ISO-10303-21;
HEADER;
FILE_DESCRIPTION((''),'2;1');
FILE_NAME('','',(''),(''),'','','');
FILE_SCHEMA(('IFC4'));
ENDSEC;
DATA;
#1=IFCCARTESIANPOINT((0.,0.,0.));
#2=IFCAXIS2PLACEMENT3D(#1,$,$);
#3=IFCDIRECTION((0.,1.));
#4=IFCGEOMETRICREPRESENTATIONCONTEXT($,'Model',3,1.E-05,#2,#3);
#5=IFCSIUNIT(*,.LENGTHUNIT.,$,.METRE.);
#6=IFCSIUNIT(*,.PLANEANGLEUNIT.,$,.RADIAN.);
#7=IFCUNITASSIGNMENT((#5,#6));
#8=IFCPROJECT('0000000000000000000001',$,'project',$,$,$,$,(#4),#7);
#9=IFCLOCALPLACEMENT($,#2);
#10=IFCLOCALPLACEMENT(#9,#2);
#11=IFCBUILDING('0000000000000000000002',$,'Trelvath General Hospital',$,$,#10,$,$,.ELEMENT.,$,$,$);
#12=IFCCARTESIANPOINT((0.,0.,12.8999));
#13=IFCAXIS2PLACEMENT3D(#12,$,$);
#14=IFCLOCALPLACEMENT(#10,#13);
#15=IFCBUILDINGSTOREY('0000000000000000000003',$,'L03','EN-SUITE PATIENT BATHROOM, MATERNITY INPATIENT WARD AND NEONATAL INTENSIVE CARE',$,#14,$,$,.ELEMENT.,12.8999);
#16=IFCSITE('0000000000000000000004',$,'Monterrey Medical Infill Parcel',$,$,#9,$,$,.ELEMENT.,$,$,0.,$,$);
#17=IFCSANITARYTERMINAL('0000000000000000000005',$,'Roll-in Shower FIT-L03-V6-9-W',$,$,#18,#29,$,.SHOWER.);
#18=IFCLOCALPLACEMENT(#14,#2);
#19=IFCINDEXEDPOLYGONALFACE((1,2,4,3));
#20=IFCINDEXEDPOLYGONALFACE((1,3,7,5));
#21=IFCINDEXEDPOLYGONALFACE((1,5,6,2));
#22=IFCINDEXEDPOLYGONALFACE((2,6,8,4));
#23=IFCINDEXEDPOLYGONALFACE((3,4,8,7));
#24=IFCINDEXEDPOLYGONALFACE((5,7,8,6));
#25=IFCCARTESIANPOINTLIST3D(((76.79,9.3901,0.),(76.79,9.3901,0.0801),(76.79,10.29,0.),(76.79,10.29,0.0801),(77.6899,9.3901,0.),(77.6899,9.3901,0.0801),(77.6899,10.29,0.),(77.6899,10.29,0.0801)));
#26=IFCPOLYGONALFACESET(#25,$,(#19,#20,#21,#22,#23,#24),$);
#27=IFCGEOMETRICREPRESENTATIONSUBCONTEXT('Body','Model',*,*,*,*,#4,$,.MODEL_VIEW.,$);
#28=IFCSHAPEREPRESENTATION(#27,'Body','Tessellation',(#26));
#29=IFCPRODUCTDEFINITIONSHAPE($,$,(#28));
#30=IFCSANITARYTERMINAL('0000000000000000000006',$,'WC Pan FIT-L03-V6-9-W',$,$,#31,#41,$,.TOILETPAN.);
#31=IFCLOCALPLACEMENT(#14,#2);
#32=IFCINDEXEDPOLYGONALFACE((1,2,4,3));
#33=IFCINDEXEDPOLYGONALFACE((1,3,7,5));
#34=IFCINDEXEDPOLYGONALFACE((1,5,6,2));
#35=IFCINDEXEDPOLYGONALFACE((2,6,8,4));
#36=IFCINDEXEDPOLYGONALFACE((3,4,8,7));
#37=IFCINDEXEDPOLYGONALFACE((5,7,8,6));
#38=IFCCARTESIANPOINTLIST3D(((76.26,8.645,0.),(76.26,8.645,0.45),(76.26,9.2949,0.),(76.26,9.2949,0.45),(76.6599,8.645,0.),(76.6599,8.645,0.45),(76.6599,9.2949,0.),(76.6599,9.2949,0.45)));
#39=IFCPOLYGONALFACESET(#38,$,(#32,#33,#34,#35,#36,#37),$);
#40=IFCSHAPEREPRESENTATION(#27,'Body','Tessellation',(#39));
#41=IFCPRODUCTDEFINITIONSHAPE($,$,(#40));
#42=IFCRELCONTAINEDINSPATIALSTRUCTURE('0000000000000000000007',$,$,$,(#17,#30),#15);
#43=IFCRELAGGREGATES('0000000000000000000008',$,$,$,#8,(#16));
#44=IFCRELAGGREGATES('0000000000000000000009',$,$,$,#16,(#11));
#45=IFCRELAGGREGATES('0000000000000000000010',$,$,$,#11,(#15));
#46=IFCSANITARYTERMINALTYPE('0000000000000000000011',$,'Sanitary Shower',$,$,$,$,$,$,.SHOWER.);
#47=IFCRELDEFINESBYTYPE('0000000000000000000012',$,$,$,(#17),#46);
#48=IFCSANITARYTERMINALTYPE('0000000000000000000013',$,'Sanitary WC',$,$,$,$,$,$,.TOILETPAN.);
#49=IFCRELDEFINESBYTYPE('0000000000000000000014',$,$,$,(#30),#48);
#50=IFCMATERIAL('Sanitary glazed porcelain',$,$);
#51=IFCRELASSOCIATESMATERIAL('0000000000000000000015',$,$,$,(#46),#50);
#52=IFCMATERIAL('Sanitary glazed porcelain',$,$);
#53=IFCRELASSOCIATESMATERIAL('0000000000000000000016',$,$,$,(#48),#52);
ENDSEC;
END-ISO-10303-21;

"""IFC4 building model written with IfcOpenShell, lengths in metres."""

from ifc_helpers import new_model, si_unit, direction, frame, origin, origin_2d, place, context, subcontext, project, spatial, rectangle, extrude, material, type_object, element, save


model = new_model("IFC4")

# Units and contexts
model_context = context("Model", 3, precision=1e-05, world=origin(), true_north=direction((0.0, 1.0)))
body_context = subcontext(model_context, "Body", "Model", "MODEL_VIEW")
ifc_project = project(units=[si_unit("LENGTHUNIT", "METRE"), si_unit("PLANEANGLEUNIT", "RADIAN")], contexts=[model_context])

# Site, building, storey
site_placement = place(None, origin())
site = spatial("IfcSite", under=ifc_project, at=site_placement, Name="Monterrey Medical Infill Parcel", CompositionType="ELEMENT", RefElevation=0.0)
building_placement = place(site_placement, origin())
building = spatial("IfcBuilding", under=site, at=building_placement, Name="Trelvath General Hospital", CompositionType="ELEMENT")
storey_placement = place(building_placement, frame((0.0, 0.0, 12.8999)))
storey = spatial("IfcBuildingStorey", under=building, at=storey_placement, Name="L03", Description="EN-SUITE PATIENT BATHROOM, MATERNITY INPATIENT WARD AND NEONATAL INTENSIVE CARE", CompositionType="ELEMENT", Elevation=12.8999)

# Sanitary terminals
ifc_material_1 = material(Name="Sanitary glazed porcelain")
sanitary_terminal_type_1 = type_object("IfcSanitaryTerminalType", Name="Sanitary Shower", PredefinedType="SHOWER", material=ifc_material_1)
sanitary_terminal_1_placement = place(storey_placement, frame((77.24, 9.8401, 0.0), z_axis=(0.0, 0.0, 1.0), x_axis=(1.0, 0.0, 0.0)))
element("IfcSanitaryTerminal", 1, at=sanitary_terminal_1_placement, inside=storey, type_object=sanitary_terminal_type_1, Name="Roll-in Shower FIT-L03-V6-9-W", PredefinedType="SHOWER", context=body_context, shape_type="SweptSolid", body=[
    extrude(rectangle(XDim=0.8999, YDim=0.8999, at=origin_2d()), origin(), (0.0, 0.0, 1.0), 0.0801),
])
ifc_material_2 = material(Name="Sanitary glazed porcelain")
sanitary_terminal_type_2 = type_object("IfcSanitaryTerminalType", Name="Sanitary WC", PredefinedType="TOILETPAN", material=ifc_material_2)
sanitary_terminal_2_placement = place(storey_placement, frame((76.46, 8.97, 0.0), z_axis=(0.0, 0.0, 1.0), x_axis=(1.0, 0.0, 0.0)))
element("IfcSanitaryTerminal", 2, at=sanitary_terminal_2_placement, inside=storey, type_object=sanitary_terminal_type_2, Name="WC Pan FIT-L03-V6-9-W", PredefinedType="TOILETPAN", context=body_context, shape_type="SweptSolid", body=[
    extrude(rectangle(XDim=0.3999, YDim=0.6499, at=origin_2d()), origin(), (0.0, 0.0, 1.0), 0.45),
])

save(model, "model.ifc")
